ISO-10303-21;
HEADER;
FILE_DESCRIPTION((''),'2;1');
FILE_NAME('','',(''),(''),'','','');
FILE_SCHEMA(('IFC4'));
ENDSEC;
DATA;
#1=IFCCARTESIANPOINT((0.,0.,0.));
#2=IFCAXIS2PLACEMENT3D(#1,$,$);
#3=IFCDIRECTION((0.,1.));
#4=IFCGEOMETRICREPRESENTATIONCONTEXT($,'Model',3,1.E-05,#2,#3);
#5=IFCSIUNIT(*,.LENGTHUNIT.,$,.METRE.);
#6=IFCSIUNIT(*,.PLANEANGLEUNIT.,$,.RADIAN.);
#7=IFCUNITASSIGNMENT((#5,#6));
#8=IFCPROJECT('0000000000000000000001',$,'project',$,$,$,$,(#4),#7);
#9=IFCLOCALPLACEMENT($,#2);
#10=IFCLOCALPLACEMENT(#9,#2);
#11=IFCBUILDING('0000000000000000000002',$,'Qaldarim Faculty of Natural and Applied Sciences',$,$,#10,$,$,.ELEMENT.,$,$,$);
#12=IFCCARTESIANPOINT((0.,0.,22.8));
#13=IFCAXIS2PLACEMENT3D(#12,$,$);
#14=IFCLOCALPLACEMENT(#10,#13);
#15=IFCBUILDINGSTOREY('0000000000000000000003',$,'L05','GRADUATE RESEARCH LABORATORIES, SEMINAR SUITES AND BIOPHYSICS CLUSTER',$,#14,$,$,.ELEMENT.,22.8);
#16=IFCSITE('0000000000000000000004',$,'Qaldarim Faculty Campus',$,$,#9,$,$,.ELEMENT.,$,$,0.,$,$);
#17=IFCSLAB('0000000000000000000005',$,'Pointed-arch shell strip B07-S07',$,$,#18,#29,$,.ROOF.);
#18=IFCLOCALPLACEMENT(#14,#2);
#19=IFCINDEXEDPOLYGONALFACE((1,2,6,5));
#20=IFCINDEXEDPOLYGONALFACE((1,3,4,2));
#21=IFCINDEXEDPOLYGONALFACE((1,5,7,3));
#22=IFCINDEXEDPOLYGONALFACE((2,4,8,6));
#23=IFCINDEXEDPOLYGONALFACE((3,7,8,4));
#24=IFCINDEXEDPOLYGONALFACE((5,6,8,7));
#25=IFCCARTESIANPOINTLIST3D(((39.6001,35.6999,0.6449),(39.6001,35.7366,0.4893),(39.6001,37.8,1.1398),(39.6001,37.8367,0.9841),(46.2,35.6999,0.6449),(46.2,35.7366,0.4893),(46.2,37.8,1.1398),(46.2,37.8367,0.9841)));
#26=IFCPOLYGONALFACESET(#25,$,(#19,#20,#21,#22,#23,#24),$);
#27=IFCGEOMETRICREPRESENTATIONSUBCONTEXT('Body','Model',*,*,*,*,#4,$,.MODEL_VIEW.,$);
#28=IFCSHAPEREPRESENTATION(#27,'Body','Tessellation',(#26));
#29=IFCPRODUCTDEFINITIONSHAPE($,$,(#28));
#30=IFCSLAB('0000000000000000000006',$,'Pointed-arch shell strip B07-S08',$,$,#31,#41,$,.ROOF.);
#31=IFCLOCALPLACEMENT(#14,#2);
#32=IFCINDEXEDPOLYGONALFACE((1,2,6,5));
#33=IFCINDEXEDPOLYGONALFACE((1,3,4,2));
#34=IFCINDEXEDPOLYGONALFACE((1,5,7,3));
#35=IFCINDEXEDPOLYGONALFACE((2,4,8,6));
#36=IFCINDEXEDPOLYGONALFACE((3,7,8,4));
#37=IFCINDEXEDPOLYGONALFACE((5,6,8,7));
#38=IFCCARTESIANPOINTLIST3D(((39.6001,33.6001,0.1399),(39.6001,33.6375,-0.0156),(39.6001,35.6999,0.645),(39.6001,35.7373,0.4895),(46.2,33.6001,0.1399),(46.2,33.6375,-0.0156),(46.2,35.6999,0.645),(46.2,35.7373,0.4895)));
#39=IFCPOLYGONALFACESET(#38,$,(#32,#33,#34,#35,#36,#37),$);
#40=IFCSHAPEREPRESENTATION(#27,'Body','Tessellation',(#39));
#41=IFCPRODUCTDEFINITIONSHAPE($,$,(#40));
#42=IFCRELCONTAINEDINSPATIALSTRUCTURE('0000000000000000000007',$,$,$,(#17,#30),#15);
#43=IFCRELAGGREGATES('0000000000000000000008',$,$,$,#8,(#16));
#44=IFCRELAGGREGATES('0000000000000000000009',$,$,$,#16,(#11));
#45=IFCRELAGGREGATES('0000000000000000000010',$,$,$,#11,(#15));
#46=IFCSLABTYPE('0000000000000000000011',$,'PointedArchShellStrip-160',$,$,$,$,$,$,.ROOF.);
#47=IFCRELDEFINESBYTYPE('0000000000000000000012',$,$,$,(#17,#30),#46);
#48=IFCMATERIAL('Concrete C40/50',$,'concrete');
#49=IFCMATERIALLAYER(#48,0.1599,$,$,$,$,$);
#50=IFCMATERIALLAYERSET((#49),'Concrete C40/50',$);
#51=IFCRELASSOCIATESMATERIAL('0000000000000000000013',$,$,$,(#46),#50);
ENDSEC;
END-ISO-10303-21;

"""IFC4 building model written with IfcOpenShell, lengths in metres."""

from ifc_helpers import new_model, si_unit, direction, frame, origin, place, context, subcontext, project, spatial, polyline, outline, extrude, material, layer, layer_set, type_object, element, save


model = new_model("IFC4")

# Units and contexts
model_context = context("Model", 3, precision=1e-05, world=origin(), true_north=direction((0.0, 1.0)))
body_context = subcontext(model_context, "Body", "Model", "MODEL_VIEW")
ifc_project = project(units=[si_unit("LENGTHUNIT", "METRE"), si_unit("PLANEANGLEUNIT", "RADIAN")], contexts=[model_context])

# Site, building, storey
site_placement = place(None, origin())
site = spatial("IfcSite", under=ifc_project, at=site_placement, Name="Qaldarim Faculty Campus", CompositionType="ELEMENT", RefElevation=0.0)
building_placement = place(site_placement, origin())
building = spatial("IfcBuilding", under=site, at=building_placement, Name="Qaldarim Faculty of Natural and Applied Sciences", CompositionType="ELEMENT")
storey_placement = place(building_placement, frame((0.0, 0.0, 22.8)))
storey = spatial("IfcBuildingStorey", under=building, at=storey_placement, Name="L05", Description="GRADUATE RESEARCH LABORATORIES, SEMINAR SUITES AND BIOPHYSICS CLUSTER", CompositionType="ELEMENT", Elevation=22.8)

# Slabs
ifc_material_1 = material(Name="Concrete C40/50", Category="concrete")
ifc_layer_1 = layer(ifc_material_1, 0.1599)
ifc_layer_set_1 = layer_set([ifc_layer_1], Name="Concrete C40/50")
slab_type = type_object("IfcSlabType", Name="PointedArchShellStrip-160", PredefinedType="ROOF", material=ifc_layer_set_1)
slab_1_placement = place(storey_placement, frame((39.6001, 35.7366, 0.4893), z_axis=(0.0, -0.229361, 0.973341), x_axis=(1.0, 0.0, 0.0)))
element("IfcSlab", 1, at=slab_1_placement, inside=storey, type_object=slab_type, Name="Pointed-arch shell strip B07-S07", PredefinedType="ROOF", context=body_context, shape_type="SweptSolid", body=[
    extrude(outline(polyline([(0.0, 0.0), (6.5999, 0.0), (6.5999, 2.1576), (0.0, 2.1576), (0.0, 0.0)])), origin(), (0.0, 0.0, 1.0), 0.1599),
])
slab_2_placement = place(storey_placement, frame((39.6001, 33.6375, -0.0156), z_axis=(0.0, -0.233882, 0.972265), x_axis=(1.0, 0.0, 0.0)))
element("IfcSlab", 2, at=slab_2_placement, inside=storey, type_object=slab_type, Name="Pointed-arch shell strip B07-S08", PredefinedType="ROOF", context=body_context, shape_type="SweptSolid", body=[
    extrude(outline(polyline([(0.0, 0.0), (6.5999, 0.0), (6.5999, 2.1598), (0.0, 2.1598), (0.0, 0.0)])), origin(), (0.0, 0.0, 1.0), 0.1599),
])

save(model, "model.ifc")
